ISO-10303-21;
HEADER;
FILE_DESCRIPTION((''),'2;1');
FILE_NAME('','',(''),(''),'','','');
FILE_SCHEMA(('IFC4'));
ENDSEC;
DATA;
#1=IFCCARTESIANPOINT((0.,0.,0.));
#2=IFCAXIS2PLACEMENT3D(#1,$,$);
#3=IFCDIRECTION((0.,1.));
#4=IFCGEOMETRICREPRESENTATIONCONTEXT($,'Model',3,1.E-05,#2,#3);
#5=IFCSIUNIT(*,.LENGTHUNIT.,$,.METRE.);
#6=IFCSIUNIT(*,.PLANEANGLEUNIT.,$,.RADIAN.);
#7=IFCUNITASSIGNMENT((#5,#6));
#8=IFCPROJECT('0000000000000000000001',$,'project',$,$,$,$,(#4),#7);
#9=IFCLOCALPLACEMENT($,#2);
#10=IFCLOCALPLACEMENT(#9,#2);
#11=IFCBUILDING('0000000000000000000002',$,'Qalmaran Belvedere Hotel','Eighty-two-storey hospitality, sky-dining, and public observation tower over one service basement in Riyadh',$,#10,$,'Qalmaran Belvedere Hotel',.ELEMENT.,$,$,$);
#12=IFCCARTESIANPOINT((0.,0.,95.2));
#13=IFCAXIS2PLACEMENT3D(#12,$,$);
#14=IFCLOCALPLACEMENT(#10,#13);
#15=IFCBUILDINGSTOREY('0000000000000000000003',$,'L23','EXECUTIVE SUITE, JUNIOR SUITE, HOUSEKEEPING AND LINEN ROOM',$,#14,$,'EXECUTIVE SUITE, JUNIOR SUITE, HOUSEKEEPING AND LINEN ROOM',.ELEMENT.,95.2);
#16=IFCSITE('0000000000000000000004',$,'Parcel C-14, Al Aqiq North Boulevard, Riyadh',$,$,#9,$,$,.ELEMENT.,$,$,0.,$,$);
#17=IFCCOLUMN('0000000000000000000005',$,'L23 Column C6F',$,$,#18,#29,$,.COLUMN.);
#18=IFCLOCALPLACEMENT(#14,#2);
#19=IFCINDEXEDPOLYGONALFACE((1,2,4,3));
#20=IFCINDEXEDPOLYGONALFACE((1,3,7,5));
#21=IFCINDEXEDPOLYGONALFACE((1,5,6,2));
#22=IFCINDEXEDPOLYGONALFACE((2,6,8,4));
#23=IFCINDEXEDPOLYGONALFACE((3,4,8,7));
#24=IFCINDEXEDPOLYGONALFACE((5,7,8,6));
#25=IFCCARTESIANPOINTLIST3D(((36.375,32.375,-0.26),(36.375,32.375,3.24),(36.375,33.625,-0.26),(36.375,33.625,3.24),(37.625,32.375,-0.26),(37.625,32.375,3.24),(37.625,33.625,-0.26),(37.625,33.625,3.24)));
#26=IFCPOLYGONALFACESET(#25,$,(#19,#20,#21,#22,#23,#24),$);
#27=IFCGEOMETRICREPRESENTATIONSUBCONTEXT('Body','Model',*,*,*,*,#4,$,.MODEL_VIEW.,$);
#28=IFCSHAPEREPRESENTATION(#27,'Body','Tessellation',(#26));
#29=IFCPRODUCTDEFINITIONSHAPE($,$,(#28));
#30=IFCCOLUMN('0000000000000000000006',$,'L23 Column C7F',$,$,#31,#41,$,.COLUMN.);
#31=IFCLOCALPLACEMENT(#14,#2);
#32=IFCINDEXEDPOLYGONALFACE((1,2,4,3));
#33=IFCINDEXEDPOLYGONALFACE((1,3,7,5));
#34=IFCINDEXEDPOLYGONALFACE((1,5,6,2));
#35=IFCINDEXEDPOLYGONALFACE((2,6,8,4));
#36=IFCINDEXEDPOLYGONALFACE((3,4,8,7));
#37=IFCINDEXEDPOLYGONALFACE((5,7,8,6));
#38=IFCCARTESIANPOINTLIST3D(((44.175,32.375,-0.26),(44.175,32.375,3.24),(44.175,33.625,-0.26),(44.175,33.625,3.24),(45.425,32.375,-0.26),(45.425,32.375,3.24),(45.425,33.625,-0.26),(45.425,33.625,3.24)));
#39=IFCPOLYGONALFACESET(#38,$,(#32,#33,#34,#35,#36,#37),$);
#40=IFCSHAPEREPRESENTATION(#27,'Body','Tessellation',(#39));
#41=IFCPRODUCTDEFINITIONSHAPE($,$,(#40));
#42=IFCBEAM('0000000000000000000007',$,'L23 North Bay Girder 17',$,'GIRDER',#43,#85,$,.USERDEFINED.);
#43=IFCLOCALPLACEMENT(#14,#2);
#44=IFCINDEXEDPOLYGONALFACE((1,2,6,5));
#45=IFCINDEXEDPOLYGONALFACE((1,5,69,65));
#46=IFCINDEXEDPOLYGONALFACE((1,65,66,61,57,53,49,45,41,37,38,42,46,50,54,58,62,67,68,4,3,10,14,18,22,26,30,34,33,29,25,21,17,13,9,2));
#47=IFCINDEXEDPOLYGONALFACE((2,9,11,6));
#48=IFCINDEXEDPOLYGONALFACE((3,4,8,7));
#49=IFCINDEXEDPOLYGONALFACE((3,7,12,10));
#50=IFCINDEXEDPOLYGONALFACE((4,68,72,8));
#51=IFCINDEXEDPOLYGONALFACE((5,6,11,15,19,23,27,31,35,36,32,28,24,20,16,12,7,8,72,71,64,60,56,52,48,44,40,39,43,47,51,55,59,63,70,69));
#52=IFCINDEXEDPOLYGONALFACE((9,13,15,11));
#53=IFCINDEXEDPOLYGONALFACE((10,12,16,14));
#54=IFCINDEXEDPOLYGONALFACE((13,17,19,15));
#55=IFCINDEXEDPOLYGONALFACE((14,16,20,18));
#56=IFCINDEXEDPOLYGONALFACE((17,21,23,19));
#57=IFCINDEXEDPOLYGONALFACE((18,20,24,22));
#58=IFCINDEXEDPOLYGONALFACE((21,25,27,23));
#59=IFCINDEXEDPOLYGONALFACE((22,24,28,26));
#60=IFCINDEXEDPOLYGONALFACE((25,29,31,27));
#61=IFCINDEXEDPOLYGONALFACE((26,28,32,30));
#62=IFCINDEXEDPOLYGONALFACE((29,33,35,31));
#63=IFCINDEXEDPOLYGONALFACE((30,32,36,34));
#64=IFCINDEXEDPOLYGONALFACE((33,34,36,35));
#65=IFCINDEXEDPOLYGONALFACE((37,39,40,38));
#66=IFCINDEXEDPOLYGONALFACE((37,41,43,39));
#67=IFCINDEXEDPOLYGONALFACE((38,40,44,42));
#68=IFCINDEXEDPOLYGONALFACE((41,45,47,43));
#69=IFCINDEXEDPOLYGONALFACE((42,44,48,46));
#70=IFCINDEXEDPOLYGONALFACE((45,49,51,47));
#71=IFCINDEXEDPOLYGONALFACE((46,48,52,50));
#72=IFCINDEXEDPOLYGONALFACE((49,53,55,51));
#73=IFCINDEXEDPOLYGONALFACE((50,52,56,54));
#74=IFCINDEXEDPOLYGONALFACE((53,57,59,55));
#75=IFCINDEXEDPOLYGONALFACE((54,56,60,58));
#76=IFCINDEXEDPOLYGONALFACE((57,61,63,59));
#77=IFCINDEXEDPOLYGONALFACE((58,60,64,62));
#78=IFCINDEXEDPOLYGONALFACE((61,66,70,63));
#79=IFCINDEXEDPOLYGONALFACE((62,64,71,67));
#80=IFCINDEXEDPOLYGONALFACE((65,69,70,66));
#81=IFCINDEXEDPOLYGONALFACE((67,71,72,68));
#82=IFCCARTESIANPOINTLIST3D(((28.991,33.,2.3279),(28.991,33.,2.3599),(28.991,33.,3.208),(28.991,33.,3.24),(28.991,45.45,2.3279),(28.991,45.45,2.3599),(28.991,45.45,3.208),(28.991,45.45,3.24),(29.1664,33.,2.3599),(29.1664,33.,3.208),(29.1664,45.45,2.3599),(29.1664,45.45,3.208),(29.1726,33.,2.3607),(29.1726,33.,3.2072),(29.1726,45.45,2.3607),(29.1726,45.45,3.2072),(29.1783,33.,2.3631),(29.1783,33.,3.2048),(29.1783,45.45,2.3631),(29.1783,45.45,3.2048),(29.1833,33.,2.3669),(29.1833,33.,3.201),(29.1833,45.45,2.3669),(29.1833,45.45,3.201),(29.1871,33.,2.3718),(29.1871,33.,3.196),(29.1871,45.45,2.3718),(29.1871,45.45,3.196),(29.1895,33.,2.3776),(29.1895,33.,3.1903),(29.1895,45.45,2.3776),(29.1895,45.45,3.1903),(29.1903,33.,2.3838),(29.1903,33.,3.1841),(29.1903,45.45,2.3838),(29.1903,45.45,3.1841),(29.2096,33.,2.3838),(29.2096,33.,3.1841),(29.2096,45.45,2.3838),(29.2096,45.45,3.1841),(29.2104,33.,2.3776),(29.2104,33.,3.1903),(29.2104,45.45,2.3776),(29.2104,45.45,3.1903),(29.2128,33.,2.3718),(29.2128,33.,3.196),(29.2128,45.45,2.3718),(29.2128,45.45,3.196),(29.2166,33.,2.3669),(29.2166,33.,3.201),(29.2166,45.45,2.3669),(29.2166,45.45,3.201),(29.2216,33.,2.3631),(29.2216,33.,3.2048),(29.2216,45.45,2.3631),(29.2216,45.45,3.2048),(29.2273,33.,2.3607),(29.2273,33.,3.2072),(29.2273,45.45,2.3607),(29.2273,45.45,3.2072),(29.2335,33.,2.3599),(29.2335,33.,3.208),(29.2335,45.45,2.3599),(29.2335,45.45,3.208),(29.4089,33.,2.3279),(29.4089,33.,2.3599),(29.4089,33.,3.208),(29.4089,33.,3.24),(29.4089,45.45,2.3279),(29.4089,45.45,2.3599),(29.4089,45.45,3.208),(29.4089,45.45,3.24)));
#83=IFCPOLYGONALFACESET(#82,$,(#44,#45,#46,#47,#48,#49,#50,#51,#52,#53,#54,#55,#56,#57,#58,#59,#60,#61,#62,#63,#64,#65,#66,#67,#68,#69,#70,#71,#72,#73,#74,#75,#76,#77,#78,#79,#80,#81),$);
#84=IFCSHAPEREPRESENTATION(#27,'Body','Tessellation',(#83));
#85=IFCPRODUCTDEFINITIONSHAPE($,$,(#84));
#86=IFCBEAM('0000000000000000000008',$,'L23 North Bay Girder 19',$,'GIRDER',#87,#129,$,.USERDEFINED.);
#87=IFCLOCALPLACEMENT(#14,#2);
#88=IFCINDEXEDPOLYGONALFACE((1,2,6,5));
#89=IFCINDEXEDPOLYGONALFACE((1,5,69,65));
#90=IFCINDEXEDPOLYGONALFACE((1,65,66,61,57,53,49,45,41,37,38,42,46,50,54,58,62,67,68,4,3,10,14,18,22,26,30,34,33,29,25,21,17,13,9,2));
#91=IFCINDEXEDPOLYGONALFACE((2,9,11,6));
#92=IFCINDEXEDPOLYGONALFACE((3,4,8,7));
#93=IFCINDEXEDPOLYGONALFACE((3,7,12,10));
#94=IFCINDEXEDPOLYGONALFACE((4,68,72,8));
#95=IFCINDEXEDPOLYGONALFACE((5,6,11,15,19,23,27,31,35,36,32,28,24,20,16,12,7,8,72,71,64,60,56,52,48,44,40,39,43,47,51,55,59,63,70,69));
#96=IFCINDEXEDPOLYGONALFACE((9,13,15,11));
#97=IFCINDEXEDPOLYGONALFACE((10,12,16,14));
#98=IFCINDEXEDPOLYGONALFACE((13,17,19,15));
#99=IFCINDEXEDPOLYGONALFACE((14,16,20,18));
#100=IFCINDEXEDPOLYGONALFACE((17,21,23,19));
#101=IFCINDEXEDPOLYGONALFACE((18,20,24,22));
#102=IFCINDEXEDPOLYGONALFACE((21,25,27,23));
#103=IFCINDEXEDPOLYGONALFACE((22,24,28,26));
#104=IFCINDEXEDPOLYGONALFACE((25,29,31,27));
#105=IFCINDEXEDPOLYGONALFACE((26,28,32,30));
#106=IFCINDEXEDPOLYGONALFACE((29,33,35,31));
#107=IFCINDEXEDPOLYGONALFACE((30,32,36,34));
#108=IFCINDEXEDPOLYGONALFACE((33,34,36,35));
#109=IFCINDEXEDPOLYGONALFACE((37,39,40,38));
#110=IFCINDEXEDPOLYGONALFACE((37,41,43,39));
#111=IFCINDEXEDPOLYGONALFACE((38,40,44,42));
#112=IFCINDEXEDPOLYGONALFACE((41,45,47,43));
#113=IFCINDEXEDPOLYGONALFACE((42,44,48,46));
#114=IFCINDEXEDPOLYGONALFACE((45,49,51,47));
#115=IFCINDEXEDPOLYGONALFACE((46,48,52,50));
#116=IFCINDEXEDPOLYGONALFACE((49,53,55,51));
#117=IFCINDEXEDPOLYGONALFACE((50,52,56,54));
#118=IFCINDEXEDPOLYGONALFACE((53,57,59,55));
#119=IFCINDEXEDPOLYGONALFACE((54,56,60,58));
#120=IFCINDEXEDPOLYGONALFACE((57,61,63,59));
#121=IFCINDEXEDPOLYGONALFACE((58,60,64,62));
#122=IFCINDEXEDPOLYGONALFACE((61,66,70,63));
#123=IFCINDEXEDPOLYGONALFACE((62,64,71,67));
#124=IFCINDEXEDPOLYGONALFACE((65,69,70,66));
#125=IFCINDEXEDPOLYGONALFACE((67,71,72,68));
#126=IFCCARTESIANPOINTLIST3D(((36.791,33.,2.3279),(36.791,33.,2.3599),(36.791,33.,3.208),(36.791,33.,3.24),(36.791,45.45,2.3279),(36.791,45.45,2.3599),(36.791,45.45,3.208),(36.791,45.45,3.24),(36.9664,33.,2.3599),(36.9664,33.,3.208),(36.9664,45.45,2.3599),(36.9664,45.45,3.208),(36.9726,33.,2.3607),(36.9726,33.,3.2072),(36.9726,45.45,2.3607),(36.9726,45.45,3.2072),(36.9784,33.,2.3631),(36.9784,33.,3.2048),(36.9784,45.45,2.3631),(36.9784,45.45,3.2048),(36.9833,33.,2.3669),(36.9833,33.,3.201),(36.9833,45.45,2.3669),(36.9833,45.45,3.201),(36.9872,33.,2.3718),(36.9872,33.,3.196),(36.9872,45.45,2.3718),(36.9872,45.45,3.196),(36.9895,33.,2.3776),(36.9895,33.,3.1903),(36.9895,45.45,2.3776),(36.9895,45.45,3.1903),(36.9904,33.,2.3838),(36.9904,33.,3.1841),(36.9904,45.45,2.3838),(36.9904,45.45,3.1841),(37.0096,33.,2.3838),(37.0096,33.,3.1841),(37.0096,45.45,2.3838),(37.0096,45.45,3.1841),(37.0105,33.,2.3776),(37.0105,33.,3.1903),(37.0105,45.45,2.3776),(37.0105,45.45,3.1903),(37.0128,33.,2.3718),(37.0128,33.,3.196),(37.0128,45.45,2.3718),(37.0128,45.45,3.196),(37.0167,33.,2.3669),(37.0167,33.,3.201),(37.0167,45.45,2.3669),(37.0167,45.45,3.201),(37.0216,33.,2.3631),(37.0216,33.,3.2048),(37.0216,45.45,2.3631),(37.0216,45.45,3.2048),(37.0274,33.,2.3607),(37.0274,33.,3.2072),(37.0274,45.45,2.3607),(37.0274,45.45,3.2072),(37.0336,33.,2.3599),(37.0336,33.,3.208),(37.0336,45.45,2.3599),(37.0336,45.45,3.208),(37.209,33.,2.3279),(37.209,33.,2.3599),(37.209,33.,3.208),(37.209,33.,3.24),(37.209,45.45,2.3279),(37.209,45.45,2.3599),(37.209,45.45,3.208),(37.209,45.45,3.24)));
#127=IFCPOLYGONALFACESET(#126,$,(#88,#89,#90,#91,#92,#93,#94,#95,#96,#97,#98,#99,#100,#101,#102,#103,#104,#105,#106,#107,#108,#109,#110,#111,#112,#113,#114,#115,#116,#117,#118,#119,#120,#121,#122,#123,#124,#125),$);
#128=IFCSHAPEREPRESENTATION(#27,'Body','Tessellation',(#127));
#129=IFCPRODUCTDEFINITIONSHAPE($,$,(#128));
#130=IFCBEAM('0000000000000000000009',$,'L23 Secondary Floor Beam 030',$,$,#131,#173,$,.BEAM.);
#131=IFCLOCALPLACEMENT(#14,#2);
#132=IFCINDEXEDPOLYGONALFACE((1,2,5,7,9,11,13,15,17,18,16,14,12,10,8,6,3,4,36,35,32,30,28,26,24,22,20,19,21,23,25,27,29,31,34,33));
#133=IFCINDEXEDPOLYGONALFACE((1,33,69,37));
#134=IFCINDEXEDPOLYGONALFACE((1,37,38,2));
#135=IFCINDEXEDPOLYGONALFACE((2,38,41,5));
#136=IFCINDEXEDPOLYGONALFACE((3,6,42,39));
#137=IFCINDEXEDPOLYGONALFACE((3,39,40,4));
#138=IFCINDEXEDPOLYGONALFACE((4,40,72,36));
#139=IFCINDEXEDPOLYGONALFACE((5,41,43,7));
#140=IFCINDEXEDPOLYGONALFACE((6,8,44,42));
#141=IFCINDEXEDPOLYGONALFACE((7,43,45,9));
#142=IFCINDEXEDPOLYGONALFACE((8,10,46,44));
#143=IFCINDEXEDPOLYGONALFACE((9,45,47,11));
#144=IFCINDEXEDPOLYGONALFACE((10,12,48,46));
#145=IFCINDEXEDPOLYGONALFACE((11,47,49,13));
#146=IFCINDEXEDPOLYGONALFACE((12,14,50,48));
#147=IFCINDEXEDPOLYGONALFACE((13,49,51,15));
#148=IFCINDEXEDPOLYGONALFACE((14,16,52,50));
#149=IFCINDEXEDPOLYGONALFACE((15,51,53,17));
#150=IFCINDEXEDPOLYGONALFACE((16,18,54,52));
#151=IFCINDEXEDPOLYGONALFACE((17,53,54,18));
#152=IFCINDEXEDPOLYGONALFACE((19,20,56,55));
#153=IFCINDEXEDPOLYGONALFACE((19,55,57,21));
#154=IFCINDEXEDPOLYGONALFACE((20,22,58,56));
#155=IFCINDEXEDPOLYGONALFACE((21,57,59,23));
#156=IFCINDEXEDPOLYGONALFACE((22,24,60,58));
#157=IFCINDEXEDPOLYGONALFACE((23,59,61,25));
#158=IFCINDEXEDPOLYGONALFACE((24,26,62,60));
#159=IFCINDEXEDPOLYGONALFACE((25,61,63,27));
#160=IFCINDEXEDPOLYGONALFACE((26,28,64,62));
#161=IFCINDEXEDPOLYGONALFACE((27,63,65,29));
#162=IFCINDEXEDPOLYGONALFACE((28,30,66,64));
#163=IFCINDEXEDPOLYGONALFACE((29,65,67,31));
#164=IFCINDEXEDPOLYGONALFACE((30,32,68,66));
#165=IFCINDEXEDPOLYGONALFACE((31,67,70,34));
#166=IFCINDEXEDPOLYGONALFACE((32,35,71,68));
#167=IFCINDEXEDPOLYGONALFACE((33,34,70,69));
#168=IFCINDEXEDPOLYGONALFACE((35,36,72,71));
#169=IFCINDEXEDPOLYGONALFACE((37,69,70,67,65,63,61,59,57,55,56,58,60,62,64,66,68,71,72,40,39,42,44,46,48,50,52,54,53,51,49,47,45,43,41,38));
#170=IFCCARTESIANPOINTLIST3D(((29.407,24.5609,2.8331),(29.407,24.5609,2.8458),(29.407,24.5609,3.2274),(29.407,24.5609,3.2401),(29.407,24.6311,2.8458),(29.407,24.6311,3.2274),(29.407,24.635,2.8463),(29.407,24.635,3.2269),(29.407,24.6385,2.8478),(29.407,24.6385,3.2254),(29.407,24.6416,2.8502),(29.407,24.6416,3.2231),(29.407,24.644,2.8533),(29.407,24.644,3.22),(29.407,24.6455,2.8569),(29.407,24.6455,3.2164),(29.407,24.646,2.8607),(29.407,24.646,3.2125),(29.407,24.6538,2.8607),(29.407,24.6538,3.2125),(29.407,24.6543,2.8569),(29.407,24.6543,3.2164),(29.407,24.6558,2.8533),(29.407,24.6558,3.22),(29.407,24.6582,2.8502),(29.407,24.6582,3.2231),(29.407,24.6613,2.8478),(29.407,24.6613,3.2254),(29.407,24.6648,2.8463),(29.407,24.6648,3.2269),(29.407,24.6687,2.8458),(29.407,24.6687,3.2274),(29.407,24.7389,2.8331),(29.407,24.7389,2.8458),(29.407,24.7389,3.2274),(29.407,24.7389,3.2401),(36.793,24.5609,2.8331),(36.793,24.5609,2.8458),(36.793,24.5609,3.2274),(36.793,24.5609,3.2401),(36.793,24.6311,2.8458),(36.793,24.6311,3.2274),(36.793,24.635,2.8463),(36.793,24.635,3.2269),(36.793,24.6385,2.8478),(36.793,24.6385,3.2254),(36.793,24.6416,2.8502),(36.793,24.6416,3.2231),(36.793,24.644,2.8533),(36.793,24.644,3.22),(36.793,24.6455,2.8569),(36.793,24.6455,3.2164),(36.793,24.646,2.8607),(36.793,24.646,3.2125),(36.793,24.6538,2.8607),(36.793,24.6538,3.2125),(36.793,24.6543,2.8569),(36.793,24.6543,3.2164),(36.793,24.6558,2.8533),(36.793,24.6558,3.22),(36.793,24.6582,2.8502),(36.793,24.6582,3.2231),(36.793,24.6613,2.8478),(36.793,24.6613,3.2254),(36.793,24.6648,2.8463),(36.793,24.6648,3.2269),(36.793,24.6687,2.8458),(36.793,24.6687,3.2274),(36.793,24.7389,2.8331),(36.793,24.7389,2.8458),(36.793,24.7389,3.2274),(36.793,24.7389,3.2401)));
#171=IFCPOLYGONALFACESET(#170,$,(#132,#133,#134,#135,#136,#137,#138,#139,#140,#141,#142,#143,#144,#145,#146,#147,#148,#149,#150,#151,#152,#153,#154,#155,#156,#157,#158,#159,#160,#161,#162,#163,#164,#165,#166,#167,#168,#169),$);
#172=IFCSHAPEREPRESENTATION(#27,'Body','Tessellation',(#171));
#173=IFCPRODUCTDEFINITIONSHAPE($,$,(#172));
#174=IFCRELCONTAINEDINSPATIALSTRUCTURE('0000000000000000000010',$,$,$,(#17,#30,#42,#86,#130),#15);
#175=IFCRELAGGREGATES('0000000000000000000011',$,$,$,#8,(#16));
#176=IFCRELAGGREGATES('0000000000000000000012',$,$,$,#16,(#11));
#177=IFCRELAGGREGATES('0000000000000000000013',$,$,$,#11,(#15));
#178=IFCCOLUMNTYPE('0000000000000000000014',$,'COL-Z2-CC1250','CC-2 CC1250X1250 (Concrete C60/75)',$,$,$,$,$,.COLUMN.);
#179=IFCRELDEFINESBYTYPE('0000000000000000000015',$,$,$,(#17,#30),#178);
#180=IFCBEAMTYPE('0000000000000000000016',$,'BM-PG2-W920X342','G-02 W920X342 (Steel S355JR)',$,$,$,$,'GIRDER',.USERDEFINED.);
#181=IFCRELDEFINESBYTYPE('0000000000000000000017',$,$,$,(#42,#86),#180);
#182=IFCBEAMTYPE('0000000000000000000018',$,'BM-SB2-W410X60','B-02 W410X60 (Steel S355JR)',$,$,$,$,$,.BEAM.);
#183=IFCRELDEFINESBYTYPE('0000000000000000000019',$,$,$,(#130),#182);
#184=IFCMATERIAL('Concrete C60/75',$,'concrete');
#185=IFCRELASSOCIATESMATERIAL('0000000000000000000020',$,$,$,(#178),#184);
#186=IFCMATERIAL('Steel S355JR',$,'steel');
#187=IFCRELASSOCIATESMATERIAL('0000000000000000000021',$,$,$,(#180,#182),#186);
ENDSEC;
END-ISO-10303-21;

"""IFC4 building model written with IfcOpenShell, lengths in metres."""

from ifc_helpers import new_model, si_unit, direction, frame, origin, origin_2d, place, context, subcontext, project, spatial, rectangle, i_section, extrude, material, material_profile, profile_set, type_object, element, save


model = new_model("IFC4")

# Units and contexts
model_context = context("Model", 3, precision=1e-05, world=origin(), true_north=direction((0.0, 1.0)))
body_context = subcontext(model_context, "Body", "Model", "MODEL_VIEW")
ifc_project = project(units=[si_unit("LENGTHUNIT", "METRE"), si_unit("PLANEANGLEUNIT", "RADIAN")], contexts=[model_context])

# Site, building, storey
site_placement = place(None, origin())
site = spatial("IfcSite", under=ifc_project, at=site_placement, Name="Parcel C-14, Al Aqiq North Boulevard, Riyadh", CompositionType="ELEMENT", RefElevation=0.0)
building_placement = place(site_placement, origin())
building = spatial("IfcBuilding", under=site, at=building_placement, Name="Qalmaran Belvedere Hotel", Description="Eighty-two-storey hospitality, sky-dining, and public observation tower over one service basement in Riyadh", LongName="Qalmaran Belvedere Hotel", CompositionType="ELEMENT")
storey_placement = place(building_placement, frame((0.0, 0.0, 95.2)))
storey = spatial("IfcBuildingStorey", under=building, at=storey_placement, Name="L23", Description="EXECUTIVE SUITE, JUNIOR SUITE, HOUSEKEEPING AND LINEN ROOM", LongName="EXECUTIVE SUITE, JUNIOR SUITE, HOUSEKEEPING AND LINEN ROOM", CompositionType="ELEMENT", Elevation=95.2)

# Columns
ifc_material_1 = material(Name="Concrete C60/75", Category="concrete")
ifc_material_profile_1 = material_profile(ifc_material_1, rectangle(XDim=1.25, YDim=1.25, at=origin_2d()), Name="CC1250X1250")
ifc_profile_set_1 = profile_set([ifc_material_profile_1], Name="Concrete C60/75")
column_type = type_object("IfcColumnType", Name="COL-Z2-CC1250", Description="CC-2 CC1250X1250 (Concrete C60/75)", PredefinedType="COLUMN", material=ifc_profile_set_1)
for number, where, z_axis, x_axis, name in (
    (1, (37.0, 33.0, -0.26), (0.0, 0.0, 1.0), (1.0, 0.0, 0.0), "L23 Column C6F"),
    (2, (44.8, 33.0, -0.26), (0.0, 0.0, 1.0), (1.0, 0.0, 0.0), "L23 Column C7F"),
):
    element("IfcColumn", number, at=place(storey_placement, frame(where, z_axis=z_axis, x_axis=x_axis)), inside=storey, type_object=column_type, Name=name, PredefinedType="COLUMN", context=body_context, shape_type="SweptSolid", body=[
        extrude(rectangle(XDim=1.25, YDim=1.25, at=origin_2d()), origin(), (0.0, 0.0, 1.0), 3.5),
    ])

# Beams
ifc_material_2 = material(Name="Steel S355JR", Category="steel")
ifc_material_profile_2 = material_profile(ifc_material_2, i_section(OverallWidth=0.418, OverallDepth=0.9121, WebThickness=0.0193, FlangeThickness=0.032, FilletRadius=0.0239, at=origin_2d()), Name="W920X342")
ifc_profile_set_2 = profile_set([ifc_material_profile_2], Name="Steel S355JR")
beam_type_1 = type_object("IfcBeamType", Name="BM-PG2-W920X342", Description="G-02 W920X342 (Steel S355JR)", ElementType="GIRDER", PredefinedType="USERDEFINED", material=ifc_profile_set_2)
for number, where, z_axis, x_axis, name in (
    (3, (29.2, 33.0, 2.7839), (0.0, 1.0, 0.0), (-1.0, 0.0, 0.0), "L23 North Bay Girder 17"),
    (4, (37.0, 33.0, 2.7839), (0.0, 1.0, 0.0), (-1.0, 0.0, 0.0), "L23 North Bay Girder 19"),
):
    element("IfcBeam", number, at=place(storey_placement, frame(where, z_axis=z_axis, x_axis=x_axis)), inside=storey, type_object=beam_type_1, Name=name, ObjectType="GIRDER", PredefinedType="USERDEFINED", context=body_context, shape_type="SweptSolid", body=[
        extrude(i_section(OverallWidth=0.418, OverallDepth=0.9121, WebThickness=0.0193, FlangeThickness=0.032, FilletRadius=0.0239, at=origin_2d()), origin(), (0.0, 0.0, 1.0), 12.45),
    ])
ifc_material_profile_3 = material_profile(ifc_material_2, i_section(OverallWidth=0.178, OverallDepth=0.407, WebThickness=0.0078, FlangeThickness=0.0127, FilletRadius=0.0149, at=origin_2d()), Name="W410X60")
ifc_profile_set_3 = profile_set([ifc_material_profile_3], Name="Steel S355JR")
beam_type_2 = type_object("IfcBeamType", Name="BM-SB2-W410X60", Description="B-02 W410X60 (Steel S355JR)", PredefinedType="BEAM", material=ifc_profile_set_3)
for number, where, z_axis, x_axis, name in (
    (5, (29.407, 24.6499, 3.0366), (1.0, 0.0, 0.0), (0.0, 1.0, 0.0), "L23 Secondary Floor Beam 030"),
):
    element("IfcBeam", number, at=place(storey_placement, frame(where, z_axis=z_axis, x_axis=x_axis)), inside=storey, type_object=beam_type_2, Name=name, PredefinedType="BEAM", context=body_context, shape_type="SweptSolid", body=[
        extrude(i_section(OverallWidth=0.178, OverallDepth=0.407, WebThickness=0.0078, FlangeThickness=0.0127, FilletRadius=0.0149, at=origin_2d()), origin(), (0.0, 0.0, 1.0), 7.386),
    ])

save(model, "model.ifc")
